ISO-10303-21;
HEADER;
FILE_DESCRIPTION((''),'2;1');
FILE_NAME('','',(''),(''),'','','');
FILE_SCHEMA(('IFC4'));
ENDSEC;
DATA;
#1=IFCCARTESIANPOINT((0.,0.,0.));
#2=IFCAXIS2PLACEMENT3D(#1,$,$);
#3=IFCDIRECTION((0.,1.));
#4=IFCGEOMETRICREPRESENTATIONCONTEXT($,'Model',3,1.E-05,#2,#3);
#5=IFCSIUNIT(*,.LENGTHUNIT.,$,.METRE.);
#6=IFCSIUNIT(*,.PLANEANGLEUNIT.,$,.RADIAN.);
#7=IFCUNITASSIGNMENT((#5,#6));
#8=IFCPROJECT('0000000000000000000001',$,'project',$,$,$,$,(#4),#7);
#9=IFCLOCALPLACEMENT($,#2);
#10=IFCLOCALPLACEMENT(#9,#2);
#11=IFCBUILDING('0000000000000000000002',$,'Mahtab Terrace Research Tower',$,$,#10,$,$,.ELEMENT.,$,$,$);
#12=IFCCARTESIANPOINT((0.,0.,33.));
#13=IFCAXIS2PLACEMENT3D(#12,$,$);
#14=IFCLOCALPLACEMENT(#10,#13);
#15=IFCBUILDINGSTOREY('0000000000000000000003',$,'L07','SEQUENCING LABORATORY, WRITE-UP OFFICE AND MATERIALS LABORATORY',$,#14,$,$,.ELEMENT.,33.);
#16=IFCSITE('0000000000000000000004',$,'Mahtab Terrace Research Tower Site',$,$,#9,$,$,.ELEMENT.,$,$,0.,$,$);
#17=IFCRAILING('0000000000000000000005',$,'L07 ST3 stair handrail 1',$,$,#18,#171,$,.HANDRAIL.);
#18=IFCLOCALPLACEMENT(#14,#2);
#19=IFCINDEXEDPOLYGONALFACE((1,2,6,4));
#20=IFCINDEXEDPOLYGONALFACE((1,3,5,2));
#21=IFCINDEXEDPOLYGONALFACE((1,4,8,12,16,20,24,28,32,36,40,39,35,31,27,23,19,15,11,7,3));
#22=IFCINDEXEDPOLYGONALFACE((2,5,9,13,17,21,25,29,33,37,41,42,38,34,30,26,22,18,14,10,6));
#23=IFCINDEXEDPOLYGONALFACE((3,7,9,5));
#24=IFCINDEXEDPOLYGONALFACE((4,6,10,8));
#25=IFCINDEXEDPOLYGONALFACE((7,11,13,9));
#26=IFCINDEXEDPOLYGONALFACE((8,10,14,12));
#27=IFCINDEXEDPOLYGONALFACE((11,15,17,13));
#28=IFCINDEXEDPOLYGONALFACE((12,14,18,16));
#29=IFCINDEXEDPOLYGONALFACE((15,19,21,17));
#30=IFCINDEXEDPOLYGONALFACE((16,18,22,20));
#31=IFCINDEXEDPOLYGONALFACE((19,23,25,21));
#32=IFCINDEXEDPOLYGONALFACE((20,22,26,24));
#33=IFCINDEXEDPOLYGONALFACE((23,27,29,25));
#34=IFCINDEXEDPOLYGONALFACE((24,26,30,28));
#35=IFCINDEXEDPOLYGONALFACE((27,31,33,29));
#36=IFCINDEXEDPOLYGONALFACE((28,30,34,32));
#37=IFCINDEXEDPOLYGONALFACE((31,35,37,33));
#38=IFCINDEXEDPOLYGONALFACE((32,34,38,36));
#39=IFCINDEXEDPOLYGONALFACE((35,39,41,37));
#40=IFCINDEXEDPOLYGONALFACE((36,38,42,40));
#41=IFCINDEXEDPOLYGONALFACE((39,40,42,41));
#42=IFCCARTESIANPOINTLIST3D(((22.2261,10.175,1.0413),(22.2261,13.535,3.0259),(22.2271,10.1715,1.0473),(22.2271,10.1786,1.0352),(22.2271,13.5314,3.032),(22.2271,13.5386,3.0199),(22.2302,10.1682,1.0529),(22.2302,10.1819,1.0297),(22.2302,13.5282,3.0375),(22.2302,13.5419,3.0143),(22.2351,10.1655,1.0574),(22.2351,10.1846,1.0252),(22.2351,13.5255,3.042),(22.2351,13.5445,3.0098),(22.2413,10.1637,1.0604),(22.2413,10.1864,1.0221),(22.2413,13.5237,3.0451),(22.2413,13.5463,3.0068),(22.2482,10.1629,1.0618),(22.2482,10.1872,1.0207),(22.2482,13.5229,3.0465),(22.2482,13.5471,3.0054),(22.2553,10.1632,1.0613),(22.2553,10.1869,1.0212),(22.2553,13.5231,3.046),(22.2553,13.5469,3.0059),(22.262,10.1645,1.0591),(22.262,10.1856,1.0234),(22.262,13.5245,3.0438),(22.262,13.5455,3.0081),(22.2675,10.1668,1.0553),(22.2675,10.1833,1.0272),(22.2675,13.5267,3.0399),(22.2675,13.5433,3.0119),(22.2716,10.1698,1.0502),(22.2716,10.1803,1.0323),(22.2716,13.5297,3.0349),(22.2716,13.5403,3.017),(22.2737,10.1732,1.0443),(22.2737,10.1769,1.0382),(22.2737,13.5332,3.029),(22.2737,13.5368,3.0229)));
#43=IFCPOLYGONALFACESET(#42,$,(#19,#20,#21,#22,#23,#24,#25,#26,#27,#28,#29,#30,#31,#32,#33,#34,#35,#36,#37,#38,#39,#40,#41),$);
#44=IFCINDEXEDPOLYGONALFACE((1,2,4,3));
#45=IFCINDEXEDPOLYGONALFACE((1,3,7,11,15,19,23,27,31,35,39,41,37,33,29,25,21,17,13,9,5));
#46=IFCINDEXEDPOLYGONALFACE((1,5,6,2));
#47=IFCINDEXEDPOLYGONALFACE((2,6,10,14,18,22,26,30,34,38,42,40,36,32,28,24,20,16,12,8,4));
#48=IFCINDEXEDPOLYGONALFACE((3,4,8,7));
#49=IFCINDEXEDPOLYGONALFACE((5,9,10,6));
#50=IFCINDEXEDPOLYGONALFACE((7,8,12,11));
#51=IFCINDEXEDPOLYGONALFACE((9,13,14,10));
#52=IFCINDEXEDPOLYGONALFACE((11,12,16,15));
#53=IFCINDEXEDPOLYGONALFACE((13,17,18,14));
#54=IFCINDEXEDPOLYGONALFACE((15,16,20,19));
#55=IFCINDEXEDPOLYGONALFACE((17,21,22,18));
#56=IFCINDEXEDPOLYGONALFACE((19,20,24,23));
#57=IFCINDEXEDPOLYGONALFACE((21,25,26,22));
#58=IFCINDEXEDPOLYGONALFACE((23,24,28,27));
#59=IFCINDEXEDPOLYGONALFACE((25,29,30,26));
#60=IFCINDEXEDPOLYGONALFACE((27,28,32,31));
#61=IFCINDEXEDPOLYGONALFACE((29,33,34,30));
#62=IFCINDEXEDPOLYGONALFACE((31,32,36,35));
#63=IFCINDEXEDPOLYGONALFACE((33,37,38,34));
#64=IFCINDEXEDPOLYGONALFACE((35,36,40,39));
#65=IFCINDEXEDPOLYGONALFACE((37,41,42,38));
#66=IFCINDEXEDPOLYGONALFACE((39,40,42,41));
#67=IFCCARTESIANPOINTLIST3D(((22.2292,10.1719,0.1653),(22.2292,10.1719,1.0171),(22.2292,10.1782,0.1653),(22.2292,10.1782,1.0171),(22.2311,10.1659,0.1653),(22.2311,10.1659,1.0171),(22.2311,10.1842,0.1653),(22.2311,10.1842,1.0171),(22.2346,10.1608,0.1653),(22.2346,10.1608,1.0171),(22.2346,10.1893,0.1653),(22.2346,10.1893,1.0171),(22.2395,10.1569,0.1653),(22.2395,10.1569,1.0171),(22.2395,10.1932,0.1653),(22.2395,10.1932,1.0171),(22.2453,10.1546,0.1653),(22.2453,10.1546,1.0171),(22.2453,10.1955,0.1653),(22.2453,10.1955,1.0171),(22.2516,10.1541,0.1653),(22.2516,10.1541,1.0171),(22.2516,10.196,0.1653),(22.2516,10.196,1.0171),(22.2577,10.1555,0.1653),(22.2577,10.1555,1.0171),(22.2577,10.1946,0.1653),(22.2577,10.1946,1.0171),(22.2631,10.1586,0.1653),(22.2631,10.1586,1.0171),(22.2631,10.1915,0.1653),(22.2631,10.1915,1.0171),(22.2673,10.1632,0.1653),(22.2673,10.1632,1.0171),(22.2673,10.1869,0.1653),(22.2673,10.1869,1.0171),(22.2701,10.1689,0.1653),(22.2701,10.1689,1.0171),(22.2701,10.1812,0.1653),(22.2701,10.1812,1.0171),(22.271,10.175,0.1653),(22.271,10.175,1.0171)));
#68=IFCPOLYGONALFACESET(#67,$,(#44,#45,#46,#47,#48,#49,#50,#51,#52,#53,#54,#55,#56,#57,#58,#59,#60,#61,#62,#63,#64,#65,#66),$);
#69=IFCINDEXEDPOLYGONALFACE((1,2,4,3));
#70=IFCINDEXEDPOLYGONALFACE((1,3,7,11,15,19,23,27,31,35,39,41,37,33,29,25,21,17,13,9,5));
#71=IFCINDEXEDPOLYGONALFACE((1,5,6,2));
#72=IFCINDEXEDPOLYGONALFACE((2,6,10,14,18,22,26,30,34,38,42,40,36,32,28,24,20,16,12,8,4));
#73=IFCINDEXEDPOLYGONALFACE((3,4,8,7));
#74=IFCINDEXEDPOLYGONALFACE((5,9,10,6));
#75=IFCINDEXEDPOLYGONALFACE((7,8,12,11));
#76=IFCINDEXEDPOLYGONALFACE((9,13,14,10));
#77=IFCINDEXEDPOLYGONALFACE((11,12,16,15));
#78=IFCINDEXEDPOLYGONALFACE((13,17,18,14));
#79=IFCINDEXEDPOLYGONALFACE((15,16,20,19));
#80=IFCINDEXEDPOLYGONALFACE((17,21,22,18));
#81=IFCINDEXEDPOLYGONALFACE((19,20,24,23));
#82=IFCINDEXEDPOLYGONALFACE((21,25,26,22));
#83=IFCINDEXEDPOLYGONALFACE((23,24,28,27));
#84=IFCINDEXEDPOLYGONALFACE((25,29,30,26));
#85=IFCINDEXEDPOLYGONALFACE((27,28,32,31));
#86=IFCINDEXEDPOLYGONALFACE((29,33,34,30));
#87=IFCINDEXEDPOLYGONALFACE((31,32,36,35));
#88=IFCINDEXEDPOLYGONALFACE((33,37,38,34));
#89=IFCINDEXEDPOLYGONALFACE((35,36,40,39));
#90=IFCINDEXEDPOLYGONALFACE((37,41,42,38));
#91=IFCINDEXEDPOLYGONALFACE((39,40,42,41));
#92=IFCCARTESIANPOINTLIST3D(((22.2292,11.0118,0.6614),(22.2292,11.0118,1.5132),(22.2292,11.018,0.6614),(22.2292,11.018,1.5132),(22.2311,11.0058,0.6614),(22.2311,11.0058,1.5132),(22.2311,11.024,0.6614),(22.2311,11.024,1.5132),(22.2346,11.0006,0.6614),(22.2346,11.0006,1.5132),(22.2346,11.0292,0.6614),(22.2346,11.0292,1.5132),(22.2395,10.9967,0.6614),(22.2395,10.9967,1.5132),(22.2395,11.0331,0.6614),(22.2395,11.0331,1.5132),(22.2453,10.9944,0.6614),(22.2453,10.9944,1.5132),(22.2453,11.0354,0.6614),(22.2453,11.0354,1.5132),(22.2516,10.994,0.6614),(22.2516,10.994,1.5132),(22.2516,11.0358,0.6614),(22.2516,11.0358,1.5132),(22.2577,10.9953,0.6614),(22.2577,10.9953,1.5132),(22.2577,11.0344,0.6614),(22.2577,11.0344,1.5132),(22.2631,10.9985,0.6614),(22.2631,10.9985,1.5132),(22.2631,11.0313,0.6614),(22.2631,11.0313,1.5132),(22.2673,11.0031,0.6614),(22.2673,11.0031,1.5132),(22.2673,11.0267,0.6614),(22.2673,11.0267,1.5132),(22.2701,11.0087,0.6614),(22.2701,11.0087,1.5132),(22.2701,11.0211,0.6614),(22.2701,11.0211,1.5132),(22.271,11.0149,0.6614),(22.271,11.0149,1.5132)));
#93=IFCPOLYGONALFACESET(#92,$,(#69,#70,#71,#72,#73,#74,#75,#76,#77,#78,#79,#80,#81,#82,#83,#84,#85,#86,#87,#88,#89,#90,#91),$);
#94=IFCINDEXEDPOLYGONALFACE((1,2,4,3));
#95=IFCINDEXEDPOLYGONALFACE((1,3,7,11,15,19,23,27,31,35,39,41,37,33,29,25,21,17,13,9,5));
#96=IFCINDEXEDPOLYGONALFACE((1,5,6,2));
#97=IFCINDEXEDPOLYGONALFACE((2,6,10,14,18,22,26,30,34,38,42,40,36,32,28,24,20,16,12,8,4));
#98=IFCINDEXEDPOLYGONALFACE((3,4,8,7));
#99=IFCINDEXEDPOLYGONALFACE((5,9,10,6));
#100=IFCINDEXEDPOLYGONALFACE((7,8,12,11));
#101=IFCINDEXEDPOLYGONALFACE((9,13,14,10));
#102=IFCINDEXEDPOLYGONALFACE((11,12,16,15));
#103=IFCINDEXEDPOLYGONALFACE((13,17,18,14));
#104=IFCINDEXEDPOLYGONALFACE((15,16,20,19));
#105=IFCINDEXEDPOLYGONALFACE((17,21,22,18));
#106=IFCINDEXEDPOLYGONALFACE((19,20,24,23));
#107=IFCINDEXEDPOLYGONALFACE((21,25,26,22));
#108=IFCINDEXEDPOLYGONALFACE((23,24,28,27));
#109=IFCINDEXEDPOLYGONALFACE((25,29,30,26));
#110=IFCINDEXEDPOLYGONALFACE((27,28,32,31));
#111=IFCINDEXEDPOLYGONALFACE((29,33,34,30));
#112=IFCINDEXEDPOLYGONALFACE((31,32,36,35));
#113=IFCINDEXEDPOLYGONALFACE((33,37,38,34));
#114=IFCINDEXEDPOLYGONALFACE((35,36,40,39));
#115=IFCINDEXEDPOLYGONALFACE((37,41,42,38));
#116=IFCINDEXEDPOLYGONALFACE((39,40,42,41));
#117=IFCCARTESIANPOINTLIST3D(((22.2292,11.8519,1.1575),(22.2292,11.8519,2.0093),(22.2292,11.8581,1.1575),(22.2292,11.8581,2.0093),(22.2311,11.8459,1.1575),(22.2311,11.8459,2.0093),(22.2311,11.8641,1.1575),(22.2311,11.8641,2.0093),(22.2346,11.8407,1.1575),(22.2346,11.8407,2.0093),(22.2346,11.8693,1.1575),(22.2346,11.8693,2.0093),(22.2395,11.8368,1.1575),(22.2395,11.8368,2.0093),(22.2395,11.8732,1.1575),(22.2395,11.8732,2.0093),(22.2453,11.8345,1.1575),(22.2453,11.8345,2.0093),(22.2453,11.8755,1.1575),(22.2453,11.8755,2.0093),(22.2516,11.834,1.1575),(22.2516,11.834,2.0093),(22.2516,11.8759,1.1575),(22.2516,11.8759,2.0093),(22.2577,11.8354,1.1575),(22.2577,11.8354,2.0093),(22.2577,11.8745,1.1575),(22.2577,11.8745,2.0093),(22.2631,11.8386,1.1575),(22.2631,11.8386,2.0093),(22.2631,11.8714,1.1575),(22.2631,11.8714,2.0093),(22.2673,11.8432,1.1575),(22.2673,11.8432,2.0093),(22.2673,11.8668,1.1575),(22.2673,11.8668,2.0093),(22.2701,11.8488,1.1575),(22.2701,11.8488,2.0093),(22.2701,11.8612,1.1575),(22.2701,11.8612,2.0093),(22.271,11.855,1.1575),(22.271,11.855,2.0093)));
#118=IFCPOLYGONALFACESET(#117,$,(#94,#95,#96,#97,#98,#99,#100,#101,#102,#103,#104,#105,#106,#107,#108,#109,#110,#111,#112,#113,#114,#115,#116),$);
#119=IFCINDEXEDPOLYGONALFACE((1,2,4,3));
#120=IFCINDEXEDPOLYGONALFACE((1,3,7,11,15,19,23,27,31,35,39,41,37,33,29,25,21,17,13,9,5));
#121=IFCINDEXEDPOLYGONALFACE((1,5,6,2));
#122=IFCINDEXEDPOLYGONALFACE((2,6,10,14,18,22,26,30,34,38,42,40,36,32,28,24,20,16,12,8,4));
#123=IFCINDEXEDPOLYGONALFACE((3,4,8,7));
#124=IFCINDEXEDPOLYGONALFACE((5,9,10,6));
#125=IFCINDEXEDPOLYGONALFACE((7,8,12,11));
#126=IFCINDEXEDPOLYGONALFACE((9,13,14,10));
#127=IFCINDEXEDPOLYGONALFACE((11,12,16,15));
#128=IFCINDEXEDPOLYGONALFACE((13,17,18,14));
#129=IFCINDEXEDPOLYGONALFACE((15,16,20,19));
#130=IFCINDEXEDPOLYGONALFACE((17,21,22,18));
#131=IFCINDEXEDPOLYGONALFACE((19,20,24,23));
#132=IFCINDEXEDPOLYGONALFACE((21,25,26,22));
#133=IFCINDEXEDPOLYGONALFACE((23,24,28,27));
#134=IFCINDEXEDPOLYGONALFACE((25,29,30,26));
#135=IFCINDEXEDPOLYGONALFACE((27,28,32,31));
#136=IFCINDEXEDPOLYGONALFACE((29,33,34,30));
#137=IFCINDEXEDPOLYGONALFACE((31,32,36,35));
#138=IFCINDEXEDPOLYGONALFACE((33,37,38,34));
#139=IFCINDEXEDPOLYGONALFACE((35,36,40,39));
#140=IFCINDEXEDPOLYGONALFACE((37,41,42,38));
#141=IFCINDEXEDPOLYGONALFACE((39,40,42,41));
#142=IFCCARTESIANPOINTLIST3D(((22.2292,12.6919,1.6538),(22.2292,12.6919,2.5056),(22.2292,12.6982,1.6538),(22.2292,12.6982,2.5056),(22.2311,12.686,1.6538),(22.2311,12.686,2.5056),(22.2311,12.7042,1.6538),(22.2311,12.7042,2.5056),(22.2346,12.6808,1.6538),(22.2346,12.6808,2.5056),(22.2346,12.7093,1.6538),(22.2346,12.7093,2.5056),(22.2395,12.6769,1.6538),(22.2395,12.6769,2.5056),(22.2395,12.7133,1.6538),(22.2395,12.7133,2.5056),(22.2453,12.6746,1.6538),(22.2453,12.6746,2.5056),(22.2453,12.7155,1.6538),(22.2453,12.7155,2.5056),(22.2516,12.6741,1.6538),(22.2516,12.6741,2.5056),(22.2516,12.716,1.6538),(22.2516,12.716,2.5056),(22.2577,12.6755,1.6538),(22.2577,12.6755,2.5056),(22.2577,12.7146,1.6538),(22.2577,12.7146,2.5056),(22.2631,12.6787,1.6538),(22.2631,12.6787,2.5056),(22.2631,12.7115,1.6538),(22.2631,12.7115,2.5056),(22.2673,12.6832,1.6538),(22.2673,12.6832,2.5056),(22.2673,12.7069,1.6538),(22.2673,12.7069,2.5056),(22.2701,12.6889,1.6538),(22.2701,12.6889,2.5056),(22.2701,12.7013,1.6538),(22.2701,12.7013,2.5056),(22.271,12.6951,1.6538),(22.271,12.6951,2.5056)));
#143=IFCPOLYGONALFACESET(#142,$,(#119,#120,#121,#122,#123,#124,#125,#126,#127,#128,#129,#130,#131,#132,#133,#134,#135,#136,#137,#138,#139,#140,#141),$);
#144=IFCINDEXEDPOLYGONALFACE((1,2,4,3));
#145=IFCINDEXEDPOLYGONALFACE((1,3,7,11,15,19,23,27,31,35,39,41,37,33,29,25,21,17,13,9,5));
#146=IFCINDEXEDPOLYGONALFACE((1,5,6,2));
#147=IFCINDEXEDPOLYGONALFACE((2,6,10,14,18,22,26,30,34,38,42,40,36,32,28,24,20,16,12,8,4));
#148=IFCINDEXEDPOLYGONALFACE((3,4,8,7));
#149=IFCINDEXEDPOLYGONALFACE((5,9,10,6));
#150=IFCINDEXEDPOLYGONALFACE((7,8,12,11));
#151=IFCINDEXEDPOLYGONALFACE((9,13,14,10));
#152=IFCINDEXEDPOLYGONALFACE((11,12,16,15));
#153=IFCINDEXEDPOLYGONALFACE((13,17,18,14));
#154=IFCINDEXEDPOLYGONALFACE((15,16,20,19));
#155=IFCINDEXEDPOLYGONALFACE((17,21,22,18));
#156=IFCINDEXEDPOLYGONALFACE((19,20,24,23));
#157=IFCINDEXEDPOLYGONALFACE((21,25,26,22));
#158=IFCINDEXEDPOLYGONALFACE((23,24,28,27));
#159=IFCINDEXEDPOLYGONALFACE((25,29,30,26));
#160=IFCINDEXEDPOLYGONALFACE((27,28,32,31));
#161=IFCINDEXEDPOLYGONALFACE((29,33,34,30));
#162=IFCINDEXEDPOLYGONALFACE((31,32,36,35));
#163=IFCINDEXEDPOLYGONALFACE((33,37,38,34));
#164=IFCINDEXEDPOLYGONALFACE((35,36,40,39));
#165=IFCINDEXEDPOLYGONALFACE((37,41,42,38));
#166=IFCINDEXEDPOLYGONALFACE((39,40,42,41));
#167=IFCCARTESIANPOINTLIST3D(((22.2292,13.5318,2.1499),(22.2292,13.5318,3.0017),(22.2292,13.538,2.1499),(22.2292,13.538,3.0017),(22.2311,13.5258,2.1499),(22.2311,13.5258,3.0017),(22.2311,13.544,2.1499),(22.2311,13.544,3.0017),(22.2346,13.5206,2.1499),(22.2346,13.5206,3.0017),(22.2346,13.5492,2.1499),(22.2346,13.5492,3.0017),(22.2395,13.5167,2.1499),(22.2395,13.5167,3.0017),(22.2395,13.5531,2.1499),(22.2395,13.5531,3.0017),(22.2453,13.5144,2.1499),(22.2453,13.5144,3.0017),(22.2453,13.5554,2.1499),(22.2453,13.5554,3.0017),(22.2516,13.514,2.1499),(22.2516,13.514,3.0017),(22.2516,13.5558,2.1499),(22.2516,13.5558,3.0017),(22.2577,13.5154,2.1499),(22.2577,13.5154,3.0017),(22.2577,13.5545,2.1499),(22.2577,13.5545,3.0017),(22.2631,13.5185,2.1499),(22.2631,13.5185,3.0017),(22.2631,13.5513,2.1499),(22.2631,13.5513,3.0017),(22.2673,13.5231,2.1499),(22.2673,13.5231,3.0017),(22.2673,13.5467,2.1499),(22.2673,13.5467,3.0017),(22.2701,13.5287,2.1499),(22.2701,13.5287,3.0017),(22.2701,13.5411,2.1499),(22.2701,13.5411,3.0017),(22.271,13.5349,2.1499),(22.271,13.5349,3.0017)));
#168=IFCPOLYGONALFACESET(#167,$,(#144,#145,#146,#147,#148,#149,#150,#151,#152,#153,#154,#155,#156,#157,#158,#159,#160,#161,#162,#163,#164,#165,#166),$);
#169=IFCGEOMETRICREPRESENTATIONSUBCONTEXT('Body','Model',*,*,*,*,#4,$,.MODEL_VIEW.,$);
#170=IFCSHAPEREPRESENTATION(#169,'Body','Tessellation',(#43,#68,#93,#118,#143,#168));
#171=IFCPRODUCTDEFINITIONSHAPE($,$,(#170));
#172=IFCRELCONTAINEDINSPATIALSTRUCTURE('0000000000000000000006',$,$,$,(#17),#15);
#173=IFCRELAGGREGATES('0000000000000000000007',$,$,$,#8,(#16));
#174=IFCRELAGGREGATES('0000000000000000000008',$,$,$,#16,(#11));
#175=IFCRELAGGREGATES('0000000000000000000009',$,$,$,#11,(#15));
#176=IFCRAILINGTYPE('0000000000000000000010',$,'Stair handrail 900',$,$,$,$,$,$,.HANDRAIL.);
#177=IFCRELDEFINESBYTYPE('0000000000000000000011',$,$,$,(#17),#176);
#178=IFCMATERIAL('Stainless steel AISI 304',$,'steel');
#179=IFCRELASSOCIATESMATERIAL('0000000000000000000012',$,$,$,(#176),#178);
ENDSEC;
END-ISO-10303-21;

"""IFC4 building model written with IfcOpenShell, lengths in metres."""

from ifc_helpers import new_model, si_unit, direction, frame, origin, origin_2d, place, context, subcontext, project, spatial, circle, extrude, material, type_object, element, save


model = new_model("IFC4")

# Units and contexts
model_context = context("Model", 3, precision=1e-05, world=origin(), true_north=direction((0.0, 1.0)))
body_context = subcontext(model_context, "Body", "Model", "MODEL_VIEW")
ifc_project = project(units=[si_unit("LENGTHUNIT", "METRE"), si_unit("PLANEANGLEUNIT", "RADIAN")], contexts=[model_context])

# Site, building, storey
site_placement = place(None, origin())
site = spatial("IfcSite", under=ifc_project, at=site_placement, Name="Mahtab Terrace Research Tower Site", CompositionType="ELEMENT", RefElevation=0.0)
building_placement = place(site_placement, origin())
building = spatial("IfcBuilding", under=site, at=building_placement, Name="Mahtab Terrace Research Tower", CompositionType="ELEMENT")
storey_placement = place(building_placement, frame((0.0, 0.0, 33.0)))
storey = spatial("IfcBuildingStorey", under=building, at=storey_placement, Name="L07", Description="SEQUENCING LABORATORY, WRITE-UP OFFICE AND MATERIALS LABORATORY", CompositionType="ELEMENT", Elevation=33.0)

# Shared definitions
ifc_material_1 = material(Name="Stainless steel AISI 304", Category="steel")

# Railing
railing_type_1 = type_object("IfcRailingType", Name="Stair handrail 900", PredefinedType="HANDRAIL", material=ifc_material_1)
railing_1_placement = place(storey_placement, frame((22.25, 10.175, 0.1653)))
element("IfcRailing", 1, at=railing_1_placement, inside=storey, type_object=railing_type_1, Name="L07 ST3 stair handrail 1", PredefinedType="HANDRAIL", context=body_context, shape_type="SweptSolid", body=[
    extrude(circle(Radius=0.0239, at=origin_2d()), frame((0.0, 0.0, 0.876), z_axis=(0.0, 0.861011, 0.508586), x_axis=(-1.0, 0.0, 0.0)), (0.0, 0.0, 1.0), 3.9023),
    extrude(circle(Radius=0.021, at=origin_2d()), origin(), (0.0, 0.0, 1.0), 0.8518),
    extrude(circle(Radius=0.021, at=origin_2d()), frame((0.0, 0.8398, 0.4961)), (0.0, 0.0, 1.0), 0.8518),
    extrude(circle(Radius=0.021, at=origin_2d()), frame((0.0, 1.6799, 0.9922)), (0.0, 0.0, 1.0), 0.8518),
    extrude(circle(Radius=0.021, at=origin_2d()), frame((0.0, 2.52, 1.4885)), (0.0, 0.0, 1.0), 0.8518),
    extrude(circle(Radius=0.021, at=origin_2d()), frame((0.0, 3.3599, 1.9846)), (0.0, 0.0, 1.0), 0.8518),
])

save(model, "model.ifc")
